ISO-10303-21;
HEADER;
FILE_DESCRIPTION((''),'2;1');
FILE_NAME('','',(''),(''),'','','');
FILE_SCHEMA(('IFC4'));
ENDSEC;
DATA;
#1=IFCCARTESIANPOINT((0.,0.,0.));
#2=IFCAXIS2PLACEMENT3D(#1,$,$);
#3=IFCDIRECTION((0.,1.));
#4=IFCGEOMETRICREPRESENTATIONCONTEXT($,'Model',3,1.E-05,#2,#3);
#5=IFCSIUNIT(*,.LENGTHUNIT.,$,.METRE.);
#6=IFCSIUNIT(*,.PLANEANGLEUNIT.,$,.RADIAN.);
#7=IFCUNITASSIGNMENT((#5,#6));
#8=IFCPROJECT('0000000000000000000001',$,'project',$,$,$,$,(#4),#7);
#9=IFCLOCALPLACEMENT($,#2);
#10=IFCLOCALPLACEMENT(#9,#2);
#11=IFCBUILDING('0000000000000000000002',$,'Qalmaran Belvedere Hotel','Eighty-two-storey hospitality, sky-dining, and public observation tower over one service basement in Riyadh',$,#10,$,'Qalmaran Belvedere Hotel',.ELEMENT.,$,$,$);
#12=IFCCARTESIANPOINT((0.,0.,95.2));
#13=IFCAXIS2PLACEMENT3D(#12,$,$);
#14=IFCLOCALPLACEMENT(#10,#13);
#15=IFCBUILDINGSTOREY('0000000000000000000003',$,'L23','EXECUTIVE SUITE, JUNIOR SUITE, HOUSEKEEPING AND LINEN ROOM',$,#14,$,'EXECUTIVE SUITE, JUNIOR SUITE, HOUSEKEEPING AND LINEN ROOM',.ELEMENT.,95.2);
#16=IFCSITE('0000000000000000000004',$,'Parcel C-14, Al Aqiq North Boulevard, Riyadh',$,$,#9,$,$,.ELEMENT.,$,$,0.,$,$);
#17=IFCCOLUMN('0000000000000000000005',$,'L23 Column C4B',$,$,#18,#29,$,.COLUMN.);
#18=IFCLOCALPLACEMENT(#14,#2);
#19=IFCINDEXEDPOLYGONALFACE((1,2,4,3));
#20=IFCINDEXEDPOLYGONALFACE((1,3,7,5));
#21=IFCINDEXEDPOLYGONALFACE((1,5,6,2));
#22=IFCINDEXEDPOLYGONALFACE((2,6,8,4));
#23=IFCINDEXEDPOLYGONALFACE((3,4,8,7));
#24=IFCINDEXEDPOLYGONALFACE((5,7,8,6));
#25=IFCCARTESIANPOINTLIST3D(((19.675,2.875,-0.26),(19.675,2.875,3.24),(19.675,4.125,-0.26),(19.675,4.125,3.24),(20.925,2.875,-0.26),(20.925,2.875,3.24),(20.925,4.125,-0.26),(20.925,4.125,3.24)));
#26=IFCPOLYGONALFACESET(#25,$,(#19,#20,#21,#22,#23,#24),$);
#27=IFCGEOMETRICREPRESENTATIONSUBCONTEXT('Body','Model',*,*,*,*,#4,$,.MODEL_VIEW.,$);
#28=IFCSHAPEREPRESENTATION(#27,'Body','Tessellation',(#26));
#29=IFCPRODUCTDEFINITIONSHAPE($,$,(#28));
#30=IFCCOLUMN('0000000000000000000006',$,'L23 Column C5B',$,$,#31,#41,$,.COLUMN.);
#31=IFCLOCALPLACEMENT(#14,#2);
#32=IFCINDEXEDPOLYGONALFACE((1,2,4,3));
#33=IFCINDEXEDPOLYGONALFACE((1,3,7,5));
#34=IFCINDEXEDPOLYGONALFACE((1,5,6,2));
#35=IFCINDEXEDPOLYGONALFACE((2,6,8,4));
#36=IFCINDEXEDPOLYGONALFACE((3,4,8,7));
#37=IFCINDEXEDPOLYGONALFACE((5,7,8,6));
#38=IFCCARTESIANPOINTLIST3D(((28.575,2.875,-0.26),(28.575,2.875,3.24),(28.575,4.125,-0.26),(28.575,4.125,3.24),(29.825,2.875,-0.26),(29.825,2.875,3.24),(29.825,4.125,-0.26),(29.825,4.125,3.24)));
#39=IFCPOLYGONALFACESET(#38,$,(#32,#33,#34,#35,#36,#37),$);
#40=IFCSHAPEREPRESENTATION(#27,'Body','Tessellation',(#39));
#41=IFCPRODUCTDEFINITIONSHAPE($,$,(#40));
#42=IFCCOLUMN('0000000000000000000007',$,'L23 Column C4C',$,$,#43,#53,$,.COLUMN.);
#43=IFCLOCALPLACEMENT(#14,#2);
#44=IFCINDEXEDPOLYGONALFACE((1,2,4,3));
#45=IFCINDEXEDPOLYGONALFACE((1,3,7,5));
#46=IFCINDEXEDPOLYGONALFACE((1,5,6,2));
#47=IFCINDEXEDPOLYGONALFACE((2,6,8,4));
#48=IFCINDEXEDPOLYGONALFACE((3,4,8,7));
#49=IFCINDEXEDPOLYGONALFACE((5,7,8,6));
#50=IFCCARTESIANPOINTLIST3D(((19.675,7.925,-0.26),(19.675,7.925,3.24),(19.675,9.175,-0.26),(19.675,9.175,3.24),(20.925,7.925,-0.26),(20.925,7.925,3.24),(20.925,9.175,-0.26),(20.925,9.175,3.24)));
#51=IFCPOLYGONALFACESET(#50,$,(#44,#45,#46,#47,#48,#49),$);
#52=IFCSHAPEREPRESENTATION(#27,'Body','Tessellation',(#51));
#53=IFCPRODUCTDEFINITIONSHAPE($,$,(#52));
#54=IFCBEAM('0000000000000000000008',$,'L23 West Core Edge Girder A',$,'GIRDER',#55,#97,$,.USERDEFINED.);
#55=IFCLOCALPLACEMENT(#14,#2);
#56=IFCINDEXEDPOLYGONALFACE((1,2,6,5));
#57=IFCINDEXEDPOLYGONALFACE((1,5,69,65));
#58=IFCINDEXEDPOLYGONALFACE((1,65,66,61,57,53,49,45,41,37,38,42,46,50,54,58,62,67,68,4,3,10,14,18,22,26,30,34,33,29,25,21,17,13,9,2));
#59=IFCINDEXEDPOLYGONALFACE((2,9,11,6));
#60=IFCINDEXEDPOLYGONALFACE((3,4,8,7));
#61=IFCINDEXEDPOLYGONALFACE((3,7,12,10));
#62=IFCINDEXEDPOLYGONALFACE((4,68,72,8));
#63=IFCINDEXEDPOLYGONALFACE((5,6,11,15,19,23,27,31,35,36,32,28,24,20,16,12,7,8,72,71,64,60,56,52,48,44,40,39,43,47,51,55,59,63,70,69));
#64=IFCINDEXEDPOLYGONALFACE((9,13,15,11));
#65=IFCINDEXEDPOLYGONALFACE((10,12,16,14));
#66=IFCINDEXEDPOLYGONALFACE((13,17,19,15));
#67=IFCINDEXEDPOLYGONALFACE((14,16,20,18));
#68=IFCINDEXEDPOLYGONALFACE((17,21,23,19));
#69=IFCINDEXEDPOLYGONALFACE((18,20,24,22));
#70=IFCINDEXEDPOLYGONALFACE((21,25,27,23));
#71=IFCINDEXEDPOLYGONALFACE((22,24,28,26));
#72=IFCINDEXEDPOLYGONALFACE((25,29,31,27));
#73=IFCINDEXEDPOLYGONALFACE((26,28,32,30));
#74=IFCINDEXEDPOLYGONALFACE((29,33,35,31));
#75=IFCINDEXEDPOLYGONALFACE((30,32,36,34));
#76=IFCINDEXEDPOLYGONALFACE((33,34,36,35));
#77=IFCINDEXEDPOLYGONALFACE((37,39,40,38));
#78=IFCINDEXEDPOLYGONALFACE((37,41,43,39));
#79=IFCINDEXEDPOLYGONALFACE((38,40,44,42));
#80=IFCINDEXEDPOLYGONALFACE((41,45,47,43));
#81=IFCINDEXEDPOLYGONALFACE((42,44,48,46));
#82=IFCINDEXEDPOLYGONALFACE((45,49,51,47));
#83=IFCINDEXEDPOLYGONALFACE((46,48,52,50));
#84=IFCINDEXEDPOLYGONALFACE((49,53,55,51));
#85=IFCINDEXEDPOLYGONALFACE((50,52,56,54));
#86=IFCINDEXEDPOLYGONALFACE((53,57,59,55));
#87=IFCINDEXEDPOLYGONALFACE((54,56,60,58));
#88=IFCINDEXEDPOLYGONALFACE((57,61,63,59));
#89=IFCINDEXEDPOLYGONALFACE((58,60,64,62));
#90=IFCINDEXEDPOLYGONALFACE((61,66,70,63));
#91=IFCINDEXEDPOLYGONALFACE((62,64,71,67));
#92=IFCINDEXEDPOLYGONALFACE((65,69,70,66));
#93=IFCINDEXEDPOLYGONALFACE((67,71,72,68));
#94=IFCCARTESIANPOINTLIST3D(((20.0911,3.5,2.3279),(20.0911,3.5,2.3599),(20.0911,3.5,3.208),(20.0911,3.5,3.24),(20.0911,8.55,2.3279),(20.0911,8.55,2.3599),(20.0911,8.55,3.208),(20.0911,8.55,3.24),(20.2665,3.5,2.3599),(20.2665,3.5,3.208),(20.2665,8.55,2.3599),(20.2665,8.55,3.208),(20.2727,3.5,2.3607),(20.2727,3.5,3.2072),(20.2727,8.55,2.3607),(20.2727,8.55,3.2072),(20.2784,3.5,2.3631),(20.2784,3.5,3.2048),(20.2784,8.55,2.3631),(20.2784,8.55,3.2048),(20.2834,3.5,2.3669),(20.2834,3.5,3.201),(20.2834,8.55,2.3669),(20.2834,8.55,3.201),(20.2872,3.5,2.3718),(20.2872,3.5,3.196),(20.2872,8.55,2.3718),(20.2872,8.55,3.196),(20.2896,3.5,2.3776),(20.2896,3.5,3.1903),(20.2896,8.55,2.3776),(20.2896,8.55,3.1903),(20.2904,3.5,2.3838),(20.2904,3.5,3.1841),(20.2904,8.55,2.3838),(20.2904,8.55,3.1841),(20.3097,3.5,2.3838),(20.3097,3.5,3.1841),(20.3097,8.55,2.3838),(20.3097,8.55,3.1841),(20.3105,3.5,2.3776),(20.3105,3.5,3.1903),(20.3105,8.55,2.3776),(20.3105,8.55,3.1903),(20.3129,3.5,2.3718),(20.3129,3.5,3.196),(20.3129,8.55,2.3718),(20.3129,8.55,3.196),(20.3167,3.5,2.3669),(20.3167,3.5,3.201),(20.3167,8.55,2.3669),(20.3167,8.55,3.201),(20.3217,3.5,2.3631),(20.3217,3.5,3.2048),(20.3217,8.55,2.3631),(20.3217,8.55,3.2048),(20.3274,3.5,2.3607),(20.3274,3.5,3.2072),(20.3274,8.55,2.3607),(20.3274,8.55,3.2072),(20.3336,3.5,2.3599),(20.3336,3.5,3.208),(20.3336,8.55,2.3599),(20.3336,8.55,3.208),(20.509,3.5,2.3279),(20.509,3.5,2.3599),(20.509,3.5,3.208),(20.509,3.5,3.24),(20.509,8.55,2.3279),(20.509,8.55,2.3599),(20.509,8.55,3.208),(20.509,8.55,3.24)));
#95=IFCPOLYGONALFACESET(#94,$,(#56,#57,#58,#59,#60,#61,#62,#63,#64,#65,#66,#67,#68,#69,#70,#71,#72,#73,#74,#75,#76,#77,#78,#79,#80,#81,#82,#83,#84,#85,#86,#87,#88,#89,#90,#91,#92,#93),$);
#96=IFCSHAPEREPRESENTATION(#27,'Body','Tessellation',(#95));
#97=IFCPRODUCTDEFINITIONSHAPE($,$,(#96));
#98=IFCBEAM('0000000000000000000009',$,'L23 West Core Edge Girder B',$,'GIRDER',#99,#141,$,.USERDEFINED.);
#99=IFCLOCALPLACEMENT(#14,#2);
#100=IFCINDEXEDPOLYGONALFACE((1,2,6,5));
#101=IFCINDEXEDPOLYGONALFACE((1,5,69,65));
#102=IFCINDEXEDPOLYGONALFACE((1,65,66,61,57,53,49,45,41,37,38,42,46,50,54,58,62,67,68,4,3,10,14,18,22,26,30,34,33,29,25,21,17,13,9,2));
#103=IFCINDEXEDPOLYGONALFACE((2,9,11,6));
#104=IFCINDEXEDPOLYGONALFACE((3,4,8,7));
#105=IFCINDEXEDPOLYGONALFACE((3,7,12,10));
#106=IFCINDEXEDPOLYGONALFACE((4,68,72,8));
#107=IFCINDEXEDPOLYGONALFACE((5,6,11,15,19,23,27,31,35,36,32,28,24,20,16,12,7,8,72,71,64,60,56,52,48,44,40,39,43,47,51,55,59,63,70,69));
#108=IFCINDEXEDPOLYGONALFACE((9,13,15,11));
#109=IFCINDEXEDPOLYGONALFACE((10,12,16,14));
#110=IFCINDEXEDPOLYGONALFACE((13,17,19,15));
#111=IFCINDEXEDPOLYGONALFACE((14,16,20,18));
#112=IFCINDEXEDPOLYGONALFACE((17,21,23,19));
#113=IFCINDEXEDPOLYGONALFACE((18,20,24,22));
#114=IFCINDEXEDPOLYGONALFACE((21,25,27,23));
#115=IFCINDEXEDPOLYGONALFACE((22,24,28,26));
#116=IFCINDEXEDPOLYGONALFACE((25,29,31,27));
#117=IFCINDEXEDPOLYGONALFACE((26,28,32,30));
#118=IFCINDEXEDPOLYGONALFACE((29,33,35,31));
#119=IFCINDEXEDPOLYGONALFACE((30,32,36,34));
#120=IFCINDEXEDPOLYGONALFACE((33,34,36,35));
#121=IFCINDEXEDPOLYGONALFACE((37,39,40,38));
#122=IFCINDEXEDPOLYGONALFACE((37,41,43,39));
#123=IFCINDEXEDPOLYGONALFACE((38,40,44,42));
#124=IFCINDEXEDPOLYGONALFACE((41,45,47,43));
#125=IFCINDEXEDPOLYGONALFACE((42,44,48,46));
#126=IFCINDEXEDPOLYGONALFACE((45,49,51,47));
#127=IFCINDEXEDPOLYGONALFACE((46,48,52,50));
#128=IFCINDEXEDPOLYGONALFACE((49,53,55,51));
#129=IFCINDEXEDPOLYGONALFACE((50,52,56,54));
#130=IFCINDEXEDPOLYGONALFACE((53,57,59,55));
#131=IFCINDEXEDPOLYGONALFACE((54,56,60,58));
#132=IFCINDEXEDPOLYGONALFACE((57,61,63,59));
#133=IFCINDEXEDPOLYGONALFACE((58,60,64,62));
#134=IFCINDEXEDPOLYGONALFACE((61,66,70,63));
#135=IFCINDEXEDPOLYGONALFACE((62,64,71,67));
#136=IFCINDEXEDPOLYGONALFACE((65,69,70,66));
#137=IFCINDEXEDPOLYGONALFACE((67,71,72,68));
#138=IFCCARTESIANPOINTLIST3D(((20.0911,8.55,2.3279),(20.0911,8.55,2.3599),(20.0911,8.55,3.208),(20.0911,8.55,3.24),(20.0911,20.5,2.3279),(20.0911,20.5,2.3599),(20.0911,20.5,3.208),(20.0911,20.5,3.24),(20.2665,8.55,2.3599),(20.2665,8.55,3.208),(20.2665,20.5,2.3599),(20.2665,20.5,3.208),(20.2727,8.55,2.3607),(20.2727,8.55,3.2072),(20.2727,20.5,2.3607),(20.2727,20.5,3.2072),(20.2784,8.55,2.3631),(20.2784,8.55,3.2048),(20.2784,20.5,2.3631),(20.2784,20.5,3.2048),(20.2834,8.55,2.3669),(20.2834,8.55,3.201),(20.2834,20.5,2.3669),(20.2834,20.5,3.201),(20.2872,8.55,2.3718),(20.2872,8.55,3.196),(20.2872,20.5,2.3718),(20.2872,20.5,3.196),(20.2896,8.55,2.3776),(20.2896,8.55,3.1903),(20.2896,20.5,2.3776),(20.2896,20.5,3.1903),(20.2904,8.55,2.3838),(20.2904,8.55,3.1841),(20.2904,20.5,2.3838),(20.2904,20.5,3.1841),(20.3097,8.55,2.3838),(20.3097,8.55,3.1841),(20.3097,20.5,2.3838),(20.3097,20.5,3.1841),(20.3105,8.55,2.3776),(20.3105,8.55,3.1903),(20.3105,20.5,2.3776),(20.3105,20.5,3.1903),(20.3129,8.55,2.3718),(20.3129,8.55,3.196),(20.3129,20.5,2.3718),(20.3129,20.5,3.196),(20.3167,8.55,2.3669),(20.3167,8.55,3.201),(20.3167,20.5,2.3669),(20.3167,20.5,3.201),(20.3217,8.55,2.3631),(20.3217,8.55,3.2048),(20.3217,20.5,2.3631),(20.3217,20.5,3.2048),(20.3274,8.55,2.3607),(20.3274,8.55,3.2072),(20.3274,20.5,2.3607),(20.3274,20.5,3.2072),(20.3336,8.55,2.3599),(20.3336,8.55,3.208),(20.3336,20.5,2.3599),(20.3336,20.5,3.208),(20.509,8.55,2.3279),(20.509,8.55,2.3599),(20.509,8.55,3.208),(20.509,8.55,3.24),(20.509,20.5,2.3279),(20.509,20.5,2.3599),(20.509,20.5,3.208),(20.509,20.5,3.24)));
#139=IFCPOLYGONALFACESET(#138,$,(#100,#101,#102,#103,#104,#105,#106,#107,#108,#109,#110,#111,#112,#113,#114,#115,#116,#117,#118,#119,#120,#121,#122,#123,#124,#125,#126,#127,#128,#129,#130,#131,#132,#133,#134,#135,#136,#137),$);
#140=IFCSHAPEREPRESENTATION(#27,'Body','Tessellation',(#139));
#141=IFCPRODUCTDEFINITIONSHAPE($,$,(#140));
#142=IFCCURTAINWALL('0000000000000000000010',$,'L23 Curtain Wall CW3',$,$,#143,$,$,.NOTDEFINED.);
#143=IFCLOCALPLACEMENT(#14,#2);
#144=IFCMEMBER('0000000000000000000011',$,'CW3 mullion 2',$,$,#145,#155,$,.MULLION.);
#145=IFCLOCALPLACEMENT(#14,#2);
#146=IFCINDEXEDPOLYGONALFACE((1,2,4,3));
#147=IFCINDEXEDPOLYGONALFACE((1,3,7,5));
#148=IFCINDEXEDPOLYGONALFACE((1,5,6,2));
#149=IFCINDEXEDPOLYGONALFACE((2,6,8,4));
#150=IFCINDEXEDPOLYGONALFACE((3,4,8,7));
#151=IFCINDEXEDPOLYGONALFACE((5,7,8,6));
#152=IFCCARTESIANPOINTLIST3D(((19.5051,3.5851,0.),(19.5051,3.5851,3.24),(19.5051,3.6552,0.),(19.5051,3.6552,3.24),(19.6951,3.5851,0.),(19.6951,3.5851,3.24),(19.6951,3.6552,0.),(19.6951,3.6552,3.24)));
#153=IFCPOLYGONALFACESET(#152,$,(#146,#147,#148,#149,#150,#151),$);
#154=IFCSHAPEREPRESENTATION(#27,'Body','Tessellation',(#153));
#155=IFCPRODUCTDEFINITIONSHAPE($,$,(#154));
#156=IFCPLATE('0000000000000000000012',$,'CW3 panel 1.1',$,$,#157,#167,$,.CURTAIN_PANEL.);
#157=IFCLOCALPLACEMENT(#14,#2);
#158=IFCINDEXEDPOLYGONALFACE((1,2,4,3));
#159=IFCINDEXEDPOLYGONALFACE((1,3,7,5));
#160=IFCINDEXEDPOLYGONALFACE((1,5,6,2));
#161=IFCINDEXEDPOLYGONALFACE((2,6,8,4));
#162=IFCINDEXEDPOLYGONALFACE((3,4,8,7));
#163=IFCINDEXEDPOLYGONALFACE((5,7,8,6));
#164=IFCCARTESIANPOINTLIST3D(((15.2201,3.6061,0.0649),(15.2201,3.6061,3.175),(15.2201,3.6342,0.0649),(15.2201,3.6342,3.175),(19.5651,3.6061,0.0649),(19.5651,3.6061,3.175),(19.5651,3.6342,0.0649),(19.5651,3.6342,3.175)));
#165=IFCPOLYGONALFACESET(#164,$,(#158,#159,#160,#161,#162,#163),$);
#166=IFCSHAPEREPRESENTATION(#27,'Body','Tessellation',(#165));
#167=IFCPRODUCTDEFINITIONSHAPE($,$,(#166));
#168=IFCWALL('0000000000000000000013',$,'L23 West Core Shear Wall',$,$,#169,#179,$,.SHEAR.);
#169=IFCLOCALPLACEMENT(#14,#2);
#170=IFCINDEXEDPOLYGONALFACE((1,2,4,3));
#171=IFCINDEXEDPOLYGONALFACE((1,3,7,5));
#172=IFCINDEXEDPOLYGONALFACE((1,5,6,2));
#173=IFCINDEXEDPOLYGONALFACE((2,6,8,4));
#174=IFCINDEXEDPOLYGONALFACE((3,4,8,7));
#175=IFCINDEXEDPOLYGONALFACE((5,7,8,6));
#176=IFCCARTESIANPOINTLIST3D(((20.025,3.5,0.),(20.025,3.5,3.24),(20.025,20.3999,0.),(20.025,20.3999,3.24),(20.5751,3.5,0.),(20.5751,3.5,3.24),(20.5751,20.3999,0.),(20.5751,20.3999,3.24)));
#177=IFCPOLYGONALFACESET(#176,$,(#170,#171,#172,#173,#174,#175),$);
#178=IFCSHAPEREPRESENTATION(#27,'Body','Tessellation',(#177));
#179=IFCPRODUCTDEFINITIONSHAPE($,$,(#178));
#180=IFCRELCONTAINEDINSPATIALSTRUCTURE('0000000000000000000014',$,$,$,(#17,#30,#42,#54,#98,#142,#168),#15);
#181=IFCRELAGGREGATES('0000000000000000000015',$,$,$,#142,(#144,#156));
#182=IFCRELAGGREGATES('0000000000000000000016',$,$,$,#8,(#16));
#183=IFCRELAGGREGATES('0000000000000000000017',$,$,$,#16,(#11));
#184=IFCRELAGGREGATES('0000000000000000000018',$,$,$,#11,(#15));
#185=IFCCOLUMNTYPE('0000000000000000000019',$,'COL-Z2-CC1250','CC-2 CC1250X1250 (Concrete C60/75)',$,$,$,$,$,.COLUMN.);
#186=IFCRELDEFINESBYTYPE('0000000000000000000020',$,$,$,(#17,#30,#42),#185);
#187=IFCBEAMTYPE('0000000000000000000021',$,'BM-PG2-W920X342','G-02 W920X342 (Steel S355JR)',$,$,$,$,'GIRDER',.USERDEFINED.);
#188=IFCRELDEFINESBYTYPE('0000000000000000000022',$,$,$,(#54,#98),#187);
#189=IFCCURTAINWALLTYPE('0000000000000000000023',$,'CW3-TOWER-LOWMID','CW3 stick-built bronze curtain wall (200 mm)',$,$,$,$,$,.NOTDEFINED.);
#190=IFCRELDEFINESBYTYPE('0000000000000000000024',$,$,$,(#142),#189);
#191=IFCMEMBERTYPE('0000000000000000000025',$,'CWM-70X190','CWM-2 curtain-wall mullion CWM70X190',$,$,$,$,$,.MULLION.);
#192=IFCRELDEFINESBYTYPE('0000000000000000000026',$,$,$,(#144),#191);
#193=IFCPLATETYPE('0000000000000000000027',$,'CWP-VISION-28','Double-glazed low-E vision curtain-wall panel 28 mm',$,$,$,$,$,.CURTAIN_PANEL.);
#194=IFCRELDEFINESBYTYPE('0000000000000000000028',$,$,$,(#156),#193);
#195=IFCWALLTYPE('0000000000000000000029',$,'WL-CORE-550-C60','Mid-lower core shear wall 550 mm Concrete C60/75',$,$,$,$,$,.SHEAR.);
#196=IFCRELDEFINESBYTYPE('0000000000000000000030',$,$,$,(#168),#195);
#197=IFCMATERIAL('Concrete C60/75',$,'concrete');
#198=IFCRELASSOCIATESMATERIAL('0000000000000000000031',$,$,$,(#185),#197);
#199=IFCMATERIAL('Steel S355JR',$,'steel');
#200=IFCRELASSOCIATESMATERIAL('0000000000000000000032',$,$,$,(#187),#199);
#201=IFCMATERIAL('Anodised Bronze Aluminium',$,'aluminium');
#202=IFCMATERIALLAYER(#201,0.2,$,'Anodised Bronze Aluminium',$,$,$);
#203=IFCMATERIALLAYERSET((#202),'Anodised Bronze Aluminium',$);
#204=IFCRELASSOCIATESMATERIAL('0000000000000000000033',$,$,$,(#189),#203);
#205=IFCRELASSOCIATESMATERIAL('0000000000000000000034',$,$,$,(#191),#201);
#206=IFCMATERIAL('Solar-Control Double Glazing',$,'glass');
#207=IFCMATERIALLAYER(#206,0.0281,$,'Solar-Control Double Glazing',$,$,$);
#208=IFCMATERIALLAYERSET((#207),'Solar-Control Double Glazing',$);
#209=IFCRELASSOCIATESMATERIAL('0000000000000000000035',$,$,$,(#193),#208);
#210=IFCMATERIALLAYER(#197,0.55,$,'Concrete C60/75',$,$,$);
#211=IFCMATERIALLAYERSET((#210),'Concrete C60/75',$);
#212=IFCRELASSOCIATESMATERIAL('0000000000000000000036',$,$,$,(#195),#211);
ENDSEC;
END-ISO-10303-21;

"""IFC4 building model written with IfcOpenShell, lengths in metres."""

from ifc_helpers import new_model, si_unit, direction, frame, frame_2d, origin, origin_2d, place, context, subcontext, project, spatial, rectangle, i_section, extrude, material, layer, layer_set, material_profile, profile_set, type_object, element, aggregate, save


model = new_model("IFC4")

# Units and contexts
model_context = context("Model", 3, precision=1e-05, world=origin(), true_north=direction((0.0, 1.0)))
body_context = subcontext(model_context, "Body", "Model", "MODEL_VIEW")
ifc_project = project(units=[si_unit("LENGTHUNIT", "METRE"), si_unit("PLANEANGLEUNIT", "RADIAN")], contexts=[model_context])

# Site, building, storey
site_placement = place(None, origin())
site = spatial("IfcSite", under=ifc_project, at=site_placement, Name="Parcel C-14, Al Aqiq North Boulevard, Riyadh", CompositionType="ELEMENT", RefElevation=0.0)
building_placement = place(site_placement, origin())
building = spatial("IfcBuilding", under=site, at=building_placement, Name="Qalmaran Belvedere Hotel", Description="Eighty-two-storey hospitality, sky-dining, and public observation tower over one service basement in Riyadh", LongName="Qalmaran Belvedere Hotel", CompositionType="ELEMENT")
storey_placement = place(building_placement, frame((0.0, 0.0, 95.2)))
storey = spatial("IfcBuildingStorey", under=building, at=storey_placement, Name="L23", Description="EXECUTIVE SUITE, JUNIOR SUITE, HOUSEKEEPING AND LINEN ROOM", LongName="EXECUTIVE SUITE, JUNIOR SUITE, HOUSEKEEPING AND LINEN ROOM", CompositionType="ELEMENT", Elevation=95.2)

# Columns
ifc_material_1 = material(Name="Concrete C60/75", Category="concrete")
ifc_material_profile_1 = material_profile(ifc_material_1, rectangle(XDim=1.25, YDim=1.25, at=origin_2d()), Name="CC1250X1250")
ifc_profile_set_1 = profile_set([ifc_material_profile_1], Name="Concrete C60/75")
column_type = type_object("IfcColumnType", Name="COL-Z2-CC1250", Description="CC-2 CC1250X1250 (Concrete C60/75)", PredefinedType="COLUMN", material=ifc_profile_set_1)
for number, where, z_axis, x_axis, name in (
    (1, (20.3, 3.5, -0.26), (0.0, 0.0, 1.0), (1.0, 0.0, 0.0), "L23 Column C4B"),
    (2, (29.2, 3.5, -0.26), (0.0, 0.0, 1.0), (1.0, 0.0, 0.0), "L23 Column C5B"),
    (3, (20.3, 8.55, -0.26), (0.0, 0.0, 1.0), (1.0, 0.0, 0.0), "L23 Column C4C"),
):
    element("IfcColumn", number, at=place(storey_placement, frame(where, z_axis=z_axis, x_axis=x_axis)), inside=storey, type_object=column_type, Name=name, PredefinedType="COLUMN", context=body_context, shape_type="SweptSolid", body=[
        extrude(rectangle(XDim=1.25, YDim=1.25, at=origin_2d()), origin(), (0.0, 0.0, 1.0), 3.5),
    ])

# Beams
ifc_material_2 = material(Name="Steel S355JR", Category="steel")
ifc_material_profile_2 = material_profile(ifc_material_2, i_section(OverallWidth=0.418, OverallDepth=0.9121, WebThickness=0.0193, FlangeThickness=0.032, FilletRadius=0.0239, at=origin_2d()), Name="W920X342")
ifc_profile_set_2 = profile_set([ifc_material_profile_2], Name="Steel S355JR")
beam_type = type_object("IfcBeamType", Name="BM-PG2-W920X342", Description="G-02 W920X342 (Steel S355JR)", ElementType="GIRDER", PredefinedType="USERDEFINED", material=ifc_profile_set_2)
beam_1_placement = place(storey_placement, frame((20.3, 3.5, 2.7839), z_axis=(0.0, 1.0, 0.0), x_axis=(-1.0, 0.0, 0.0)))
element("IfcBeam", 4, at=beam_1_placement, inside=storey, type_object=beam_type, Name="L23 West Core Edge Girder A", ObjectType="GIRDER", PredefinedType="USERDEFINED", context=body_context, shape_type="SweptSolid", body=[
    extrude(i_section(OverallWidth=0.418, OverallDepth=0.9121, WebThickness=0.0193, FlangeThickness=0.032, FilletRadius=0.0239, at=origin_2d()), origin(), (0.0, 0.0, 1.0), 5.05),
])
beam_2_placement = place(storey_placement, frame((20.3, 8.55, 2.7839), z_axis=(0.0, 1.0, 0.0), x_axis=(-1.0, 0.0, 0.0)))
element("IfcBeam", 5, at=beam_2_placement, inside=storey, type_object=beam_type, Name="L23 West Core Edge Girder B", ObjectType="GIRDER", PredefinedType="USERDEFINED", context=body_context, shape_type="SweptSolid", body=[
    extrude(i_section(OverallWidth=0.418, OverallDepth=0.9121, WebThickness=0.0193, FlangeThickness=0.032, FilletRadius=0.0239, at=origin_2d()), origin(), (0.0, 0.0, 1.0), 11.95),
])

# Curtain wall, member, plate
ifc_material_3 = material(Name="Anodised Bronze Aluminium", Category="aluminium")
ifc_layer_1 = layer(ifc_material_3, 0.2, Name="Anodised Bronze Aluminium")
ifc_layer_set_1 = layer_set([ifc_layer_1], Name="Anodised Bronze Aluminium")
curtain_wall_type = type_object("IfcCurtainWallType", Name="CW3-TOWER-LOWMID", Description="CW3 stick-built bronze curtain wall (200 mm)", PredefinedType="NOTDEFINED", material=ifc_layer_set_1)
curtain_wall_placement = place(storey_placement, origin())
curtain_wall = element("IfcCurtainWall", 6, at=curtain_wall_placement, inside=storey, type_object=curtain_wall_type, Name="L23 Curtain Wall CW3", PredefinedType="NOTDEFINED")
ifc_material_profile_3 = material_profile(ifc_material_3, rectangle(XDim=0.0701, YDim=0.1899, at=origin_2d()), Name="CWM70X190")
ifc_profile_set_3 = profile_set([ifc_material_profile_3], Name="Anodised Bronze Aluminium")
member_type = type_object("IfcMemberType", Name="CWM-70X190", Description="CWM-2 curtain-wall mullion CWM70X190", PredefinedType="MULLION", material=ifc_profile_set_3)
member_placement = place(storey_placement, frame((19.6001, 3.6201, 0.0), z_axis=(0.0, 0.0, 1.0), x_axis=(0.0, 1.0, 0.0)))
member = element("IfcMember", 7, at=member_placement, type_object=member_type, Name="CW3 mullion 2", PredefinedType="MULLION", context=body_context, shape_type="SweptSolid", body=[
    extrude(rectangle(XDim=0.0701, YDim=0.1899, at=origin_2d()), origin(), (0.0, 0.0, 1.0), 3.24),
])
ifc_material_4 = material(Name="Solar-Control Double Glazing", Category="glass")
ifc_layer_2 = layer(ifc_material_4, 0.0281, Name="Solar-Control Double Glazing")
ifc_layer_set_2 = layer_set([ifc_layer_2], Name="Solar-Control Double Glazing")
plate_type = type_object("IfcPlateType", Name="CWP-VISION-28", Description="Double-glazed low-E vision curtain-wall panel 28 mm", PredefinedType="CURTAIN_PANEL", material=ifc_layer_set_2)
plate_placement = place(storey_placement, frame((17.3926, 3.6201, 0.0649), z_axis=(0.0, 0.0, 1.0), x_axis=(1.0, 0.0, 0.0)))
plate = element("IfcPlate", 8, at=plate_placement, type_object=plate_type, Name="CW3 panel 1.1", PredefinedType="CURTAIN_PANEL", context=body_context, shape_type="SweptSolid", body=[
    extrude(rectangle(XDim=4.345, YDim=0.0281, at=origin_2d()), origin(), (0.0, 0.0, 1.0), 3.1101),
])
aggregate(curtain_wall, [member, plate])

# Wall
ifc_layer_3 = layer(ifc_material_1, 0.55, Name="Concrete C60/75")
ifc_layer_set_3 = layer_set([ifc_layer_3], Name="Concrete C60/75")
wall_type_1 = type_object("IfcWallType", Name="WL-CORE-550-C60", Description="Mid-lower core shear wall 550 mm Concrete C60/75", PredefinedType="SHEAR", material=ifc_layer_set_3)
wall_1_placement = place(storey_placement, frame((20.3, 3.5, 0.0), z_axis=(0.0, 0.0, 1.0), x_axis=(0.0, 1.0, 0.0)))
element("IfcWall", 9, at=wall_1_placement, inside=storey, type_object=wall_type_1, Name="L23 West Core Shear Wall", PredefinedType="SHEAR", context=body_context, shape_type="SweptSolid", body=[
    extrude(rectangle(XDim=16.8999, YDim=0.55, at=frame_2d((8.45, 0.0))), origin(), (0.0, 0.0, 1.0), 3.24),
])

save(model, "model.ifc")
